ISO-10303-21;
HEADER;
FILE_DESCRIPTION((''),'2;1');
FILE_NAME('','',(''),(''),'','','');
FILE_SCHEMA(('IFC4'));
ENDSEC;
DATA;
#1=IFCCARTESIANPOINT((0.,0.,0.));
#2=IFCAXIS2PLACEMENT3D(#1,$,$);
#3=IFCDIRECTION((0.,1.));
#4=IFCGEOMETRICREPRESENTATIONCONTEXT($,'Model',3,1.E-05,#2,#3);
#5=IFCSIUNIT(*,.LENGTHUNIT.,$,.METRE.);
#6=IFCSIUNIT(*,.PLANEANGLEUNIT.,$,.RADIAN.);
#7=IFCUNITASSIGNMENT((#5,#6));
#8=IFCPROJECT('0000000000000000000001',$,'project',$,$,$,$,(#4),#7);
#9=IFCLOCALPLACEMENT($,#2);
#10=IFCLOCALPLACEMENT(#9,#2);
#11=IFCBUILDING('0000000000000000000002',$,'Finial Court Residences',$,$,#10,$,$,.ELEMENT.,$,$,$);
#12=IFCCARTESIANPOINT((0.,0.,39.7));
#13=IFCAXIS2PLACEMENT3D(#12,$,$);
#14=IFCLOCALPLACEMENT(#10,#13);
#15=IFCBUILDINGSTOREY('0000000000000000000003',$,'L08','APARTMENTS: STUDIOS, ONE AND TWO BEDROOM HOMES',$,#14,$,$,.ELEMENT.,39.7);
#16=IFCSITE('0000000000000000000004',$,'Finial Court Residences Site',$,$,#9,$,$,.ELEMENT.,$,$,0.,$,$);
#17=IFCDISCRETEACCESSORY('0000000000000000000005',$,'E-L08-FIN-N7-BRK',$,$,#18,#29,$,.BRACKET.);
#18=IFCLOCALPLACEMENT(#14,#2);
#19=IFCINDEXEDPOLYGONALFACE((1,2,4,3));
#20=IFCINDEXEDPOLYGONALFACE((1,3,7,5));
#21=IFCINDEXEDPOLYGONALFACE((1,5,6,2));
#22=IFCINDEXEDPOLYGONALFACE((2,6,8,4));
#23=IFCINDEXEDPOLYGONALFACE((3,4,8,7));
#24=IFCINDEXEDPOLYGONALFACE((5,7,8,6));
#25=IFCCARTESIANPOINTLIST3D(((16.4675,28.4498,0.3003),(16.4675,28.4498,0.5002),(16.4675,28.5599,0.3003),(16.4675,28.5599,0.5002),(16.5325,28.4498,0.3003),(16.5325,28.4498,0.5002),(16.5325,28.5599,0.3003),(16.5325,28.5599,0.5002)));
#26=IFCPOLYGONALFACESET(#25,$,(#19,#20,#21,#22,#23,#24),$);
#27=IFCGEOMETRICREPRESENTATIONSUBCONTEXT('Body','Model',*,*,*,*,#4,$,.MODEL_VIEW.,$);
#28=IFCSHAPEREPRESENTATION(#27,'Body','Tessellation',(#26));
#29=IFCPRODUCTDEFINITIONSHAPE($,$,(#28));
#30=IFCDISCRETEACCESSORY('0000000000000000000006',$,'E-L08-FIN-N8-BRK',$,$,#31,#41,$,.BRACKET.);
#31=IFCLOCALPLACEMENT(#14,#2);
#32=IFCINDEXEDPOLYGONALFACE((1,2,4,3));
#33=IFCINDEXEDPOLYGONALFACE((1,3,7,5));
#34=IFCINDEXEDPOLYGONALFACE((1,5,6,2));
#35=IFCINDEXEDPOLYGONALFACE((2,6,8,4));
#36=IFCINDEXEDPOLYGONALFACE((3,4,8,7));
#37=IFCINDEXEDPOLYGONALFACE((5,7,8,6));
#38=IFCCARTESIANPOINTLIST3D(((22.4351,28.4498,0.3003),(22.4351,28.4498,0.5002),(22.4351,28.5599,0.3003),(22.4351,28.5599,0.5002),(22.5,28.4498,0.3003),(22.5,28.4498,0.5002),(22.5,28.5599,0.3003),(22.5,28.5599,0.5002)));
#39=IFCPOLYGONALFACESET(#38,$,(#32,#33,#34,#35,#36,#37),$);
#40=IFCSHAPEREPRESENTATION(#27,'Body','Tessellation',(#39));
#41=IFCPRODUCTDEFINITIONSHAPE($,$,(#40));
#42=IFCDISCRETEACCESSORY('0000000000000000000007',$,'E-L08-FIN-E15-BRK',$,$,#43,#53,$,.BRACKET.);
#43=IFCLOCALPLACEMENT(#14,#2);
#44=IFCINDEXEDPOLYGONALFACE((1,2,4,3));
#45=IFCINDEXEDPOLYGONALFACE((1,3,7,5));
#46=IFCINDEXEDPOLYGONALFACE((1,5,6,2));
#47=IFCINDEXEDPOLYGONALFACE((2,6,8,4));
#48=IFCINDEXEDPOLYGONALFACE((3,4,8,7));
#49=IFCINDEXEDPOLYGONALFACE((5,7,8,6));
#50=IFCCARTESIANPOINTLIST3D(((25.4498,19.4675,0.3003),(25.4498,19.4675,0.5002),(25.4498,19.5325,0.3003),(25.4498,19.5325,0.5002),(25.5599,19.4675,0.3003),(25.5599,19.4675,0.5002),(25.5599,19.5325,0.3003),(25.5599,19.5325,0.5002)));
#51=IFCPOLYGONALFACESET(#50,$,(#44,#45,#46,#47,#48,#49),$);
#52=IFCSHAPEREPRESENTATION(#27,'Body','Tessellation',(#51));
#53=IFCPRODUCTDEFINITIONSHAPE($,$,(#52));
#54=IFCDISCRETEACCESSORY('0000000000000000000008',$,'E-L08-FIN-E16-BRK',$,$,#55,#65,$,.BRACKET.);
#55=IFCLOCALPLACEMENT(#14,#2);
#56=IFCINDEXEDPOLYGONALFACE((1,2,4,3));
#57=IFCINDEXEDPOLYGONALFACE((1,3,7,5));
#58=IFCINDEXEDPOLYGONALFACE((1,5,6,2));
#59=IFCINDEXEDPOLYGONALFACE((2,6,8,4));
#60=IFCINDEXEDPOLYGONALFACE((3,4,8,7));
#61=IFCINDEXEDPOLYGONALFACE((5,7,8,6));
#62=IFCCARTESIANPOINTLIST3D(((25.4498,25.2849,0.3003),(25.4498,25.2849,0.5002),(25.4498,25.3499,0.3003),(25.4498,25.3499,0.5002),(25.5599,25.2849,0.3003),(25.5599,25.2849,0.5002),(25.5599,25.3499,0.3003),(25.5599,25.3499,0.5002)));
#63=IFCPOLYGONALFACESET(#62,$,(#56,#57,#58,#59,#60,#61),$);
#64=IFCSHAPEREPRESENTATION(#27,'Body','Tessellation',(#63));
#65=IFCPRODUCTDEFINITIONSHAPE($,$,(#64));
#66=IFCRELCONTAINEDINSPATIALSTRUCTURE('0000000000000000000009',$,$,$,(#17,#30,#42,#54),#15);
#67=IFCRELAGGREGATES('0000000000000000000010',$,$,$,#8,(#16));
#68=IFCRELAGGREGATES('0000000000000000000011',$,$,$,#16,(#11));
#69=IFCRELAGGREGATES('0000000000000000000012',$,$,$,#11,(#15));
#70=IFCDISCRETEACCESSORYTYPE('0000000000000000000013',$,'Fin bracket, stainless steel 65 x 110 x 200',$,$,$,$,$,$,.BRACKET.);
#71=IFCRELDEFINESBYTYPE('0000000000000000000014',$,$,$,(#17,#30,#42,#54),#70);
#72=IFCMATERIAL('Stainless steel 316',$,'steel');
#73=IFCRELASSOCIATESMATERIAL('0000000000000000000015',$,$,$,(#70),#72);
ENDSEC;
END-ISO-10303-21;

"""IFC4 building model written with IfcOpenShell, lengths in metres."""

from ifc_helpers import new_model, si_unit, direction, frame, origin, origin_2d, place, context, subcontext, project, spatial, rectangle, extrude, material, type_object, element, save


model = new_model("IFC4")

# Units and contexts
model_context = context("Model", 3, precision=1e-05, world=origin(), true_north=direction((0.0, 1.0)))
body_context = subcontext(model_context, "Body", "Model", "MODEL_VIEW")
ifc_project = project(units=[si_unit("LENGTHUNIT", "METRE"), si_unit("PLANEANGLEUNIT", "RADIAN")], contexts=[model_context])

# Site, building, storey
site_placement = place(None, origin())
site = spatial("IfcSite", under=ifc_project, at=site_placement, Name="Finial Court Residences Site", CompositionType="ELEMENT", RefElevation=0.0)
building_placement = place(site_placement, origin())
building = spatial("IfcBuilding", under=site, at=building_placement, Name="Finial Court Residences", CompositionType="ELEMENT")
storey_placement = place(building_placement, frame((0.0, 0.0, 39.7)))
storey = spatial("IfcBuildingStorey", under=building, at=storey_placement, Name="L08", Description="APARTMENTS: STUDIOS, ONE AND TWO BEDROOM HOMES", CompositionType="ELEMENT", Elevation=39.7)

# Discrete accessories
ifc_material_1 = material(Name="Stainless steel 316", Category="steel")
discrete_accessory_type = type_object("IfcDiscreteAccessoryType", Name="Fin bracket, stainless steel 65 x 110 x 200", PredefinedType="BRACKET", material=ifc_material_1)
for number, where, z_axis, x_axis, name in (
    (1, (16.5, 28.5049, 0.3003), (0.0, 0.0, 1.0), (1.0, 0.0, 0.0), "E-L08-FIN-N7-BRK"),
    (2, (22.4675, 28.5049, 0.3003), (0.0, 0.0, 1.0), (1.0, 0.0, 0.0), "E-L08-FIN-N8-BRK"),
):
    element("IfcDiscreteAccessory", number, at=place(storey_placement, frame(where, z_axis=z_axis, x_axis=x_axis)), inside=storey, type_object=discrete_accessory_type, Name=name, PredefinedType="BRACKET", context=body_context, shape_type="SweptSolid", body=[
        extrude(rectangle(XDim=0.0649, YDim=0.1101, at=origin_2d()), origin(), (0.0, 0.0, 1.0), 0.2),
    ])
for number, where, z_axis, x_axis, name in (
    (3, (25.5049, 19.5, 0.3003), (0.0, 0.0, 1.0), (1.0, 0.0, 0.0), "E-L08-FIN-E15-BRK"),
    (4, (25.5049, 25.3174, 0.3003), (0.0, 0.0, 1.0), (1.0, 0.0, 0.0), "E-L08-FIN-E16-BRK"),
):
    element("IfcDiscreteAccessory", number, at=place(storey_placement, frame(where, z_axis=z_axis, x_axis=x_axis)), inside=storey, type_object=discrete_accessory_type, Name=name, PredefinedType="BRACKET", context=body_context, shape_type="SweptSolid", body=[
        extrude(rectangle(XDim=0.1101, YDim=0.0649, at=origin_2d()), origin(), (0.0, 0.0, 1.0), 0.2),
    ])

save(model, "model.ifc")
